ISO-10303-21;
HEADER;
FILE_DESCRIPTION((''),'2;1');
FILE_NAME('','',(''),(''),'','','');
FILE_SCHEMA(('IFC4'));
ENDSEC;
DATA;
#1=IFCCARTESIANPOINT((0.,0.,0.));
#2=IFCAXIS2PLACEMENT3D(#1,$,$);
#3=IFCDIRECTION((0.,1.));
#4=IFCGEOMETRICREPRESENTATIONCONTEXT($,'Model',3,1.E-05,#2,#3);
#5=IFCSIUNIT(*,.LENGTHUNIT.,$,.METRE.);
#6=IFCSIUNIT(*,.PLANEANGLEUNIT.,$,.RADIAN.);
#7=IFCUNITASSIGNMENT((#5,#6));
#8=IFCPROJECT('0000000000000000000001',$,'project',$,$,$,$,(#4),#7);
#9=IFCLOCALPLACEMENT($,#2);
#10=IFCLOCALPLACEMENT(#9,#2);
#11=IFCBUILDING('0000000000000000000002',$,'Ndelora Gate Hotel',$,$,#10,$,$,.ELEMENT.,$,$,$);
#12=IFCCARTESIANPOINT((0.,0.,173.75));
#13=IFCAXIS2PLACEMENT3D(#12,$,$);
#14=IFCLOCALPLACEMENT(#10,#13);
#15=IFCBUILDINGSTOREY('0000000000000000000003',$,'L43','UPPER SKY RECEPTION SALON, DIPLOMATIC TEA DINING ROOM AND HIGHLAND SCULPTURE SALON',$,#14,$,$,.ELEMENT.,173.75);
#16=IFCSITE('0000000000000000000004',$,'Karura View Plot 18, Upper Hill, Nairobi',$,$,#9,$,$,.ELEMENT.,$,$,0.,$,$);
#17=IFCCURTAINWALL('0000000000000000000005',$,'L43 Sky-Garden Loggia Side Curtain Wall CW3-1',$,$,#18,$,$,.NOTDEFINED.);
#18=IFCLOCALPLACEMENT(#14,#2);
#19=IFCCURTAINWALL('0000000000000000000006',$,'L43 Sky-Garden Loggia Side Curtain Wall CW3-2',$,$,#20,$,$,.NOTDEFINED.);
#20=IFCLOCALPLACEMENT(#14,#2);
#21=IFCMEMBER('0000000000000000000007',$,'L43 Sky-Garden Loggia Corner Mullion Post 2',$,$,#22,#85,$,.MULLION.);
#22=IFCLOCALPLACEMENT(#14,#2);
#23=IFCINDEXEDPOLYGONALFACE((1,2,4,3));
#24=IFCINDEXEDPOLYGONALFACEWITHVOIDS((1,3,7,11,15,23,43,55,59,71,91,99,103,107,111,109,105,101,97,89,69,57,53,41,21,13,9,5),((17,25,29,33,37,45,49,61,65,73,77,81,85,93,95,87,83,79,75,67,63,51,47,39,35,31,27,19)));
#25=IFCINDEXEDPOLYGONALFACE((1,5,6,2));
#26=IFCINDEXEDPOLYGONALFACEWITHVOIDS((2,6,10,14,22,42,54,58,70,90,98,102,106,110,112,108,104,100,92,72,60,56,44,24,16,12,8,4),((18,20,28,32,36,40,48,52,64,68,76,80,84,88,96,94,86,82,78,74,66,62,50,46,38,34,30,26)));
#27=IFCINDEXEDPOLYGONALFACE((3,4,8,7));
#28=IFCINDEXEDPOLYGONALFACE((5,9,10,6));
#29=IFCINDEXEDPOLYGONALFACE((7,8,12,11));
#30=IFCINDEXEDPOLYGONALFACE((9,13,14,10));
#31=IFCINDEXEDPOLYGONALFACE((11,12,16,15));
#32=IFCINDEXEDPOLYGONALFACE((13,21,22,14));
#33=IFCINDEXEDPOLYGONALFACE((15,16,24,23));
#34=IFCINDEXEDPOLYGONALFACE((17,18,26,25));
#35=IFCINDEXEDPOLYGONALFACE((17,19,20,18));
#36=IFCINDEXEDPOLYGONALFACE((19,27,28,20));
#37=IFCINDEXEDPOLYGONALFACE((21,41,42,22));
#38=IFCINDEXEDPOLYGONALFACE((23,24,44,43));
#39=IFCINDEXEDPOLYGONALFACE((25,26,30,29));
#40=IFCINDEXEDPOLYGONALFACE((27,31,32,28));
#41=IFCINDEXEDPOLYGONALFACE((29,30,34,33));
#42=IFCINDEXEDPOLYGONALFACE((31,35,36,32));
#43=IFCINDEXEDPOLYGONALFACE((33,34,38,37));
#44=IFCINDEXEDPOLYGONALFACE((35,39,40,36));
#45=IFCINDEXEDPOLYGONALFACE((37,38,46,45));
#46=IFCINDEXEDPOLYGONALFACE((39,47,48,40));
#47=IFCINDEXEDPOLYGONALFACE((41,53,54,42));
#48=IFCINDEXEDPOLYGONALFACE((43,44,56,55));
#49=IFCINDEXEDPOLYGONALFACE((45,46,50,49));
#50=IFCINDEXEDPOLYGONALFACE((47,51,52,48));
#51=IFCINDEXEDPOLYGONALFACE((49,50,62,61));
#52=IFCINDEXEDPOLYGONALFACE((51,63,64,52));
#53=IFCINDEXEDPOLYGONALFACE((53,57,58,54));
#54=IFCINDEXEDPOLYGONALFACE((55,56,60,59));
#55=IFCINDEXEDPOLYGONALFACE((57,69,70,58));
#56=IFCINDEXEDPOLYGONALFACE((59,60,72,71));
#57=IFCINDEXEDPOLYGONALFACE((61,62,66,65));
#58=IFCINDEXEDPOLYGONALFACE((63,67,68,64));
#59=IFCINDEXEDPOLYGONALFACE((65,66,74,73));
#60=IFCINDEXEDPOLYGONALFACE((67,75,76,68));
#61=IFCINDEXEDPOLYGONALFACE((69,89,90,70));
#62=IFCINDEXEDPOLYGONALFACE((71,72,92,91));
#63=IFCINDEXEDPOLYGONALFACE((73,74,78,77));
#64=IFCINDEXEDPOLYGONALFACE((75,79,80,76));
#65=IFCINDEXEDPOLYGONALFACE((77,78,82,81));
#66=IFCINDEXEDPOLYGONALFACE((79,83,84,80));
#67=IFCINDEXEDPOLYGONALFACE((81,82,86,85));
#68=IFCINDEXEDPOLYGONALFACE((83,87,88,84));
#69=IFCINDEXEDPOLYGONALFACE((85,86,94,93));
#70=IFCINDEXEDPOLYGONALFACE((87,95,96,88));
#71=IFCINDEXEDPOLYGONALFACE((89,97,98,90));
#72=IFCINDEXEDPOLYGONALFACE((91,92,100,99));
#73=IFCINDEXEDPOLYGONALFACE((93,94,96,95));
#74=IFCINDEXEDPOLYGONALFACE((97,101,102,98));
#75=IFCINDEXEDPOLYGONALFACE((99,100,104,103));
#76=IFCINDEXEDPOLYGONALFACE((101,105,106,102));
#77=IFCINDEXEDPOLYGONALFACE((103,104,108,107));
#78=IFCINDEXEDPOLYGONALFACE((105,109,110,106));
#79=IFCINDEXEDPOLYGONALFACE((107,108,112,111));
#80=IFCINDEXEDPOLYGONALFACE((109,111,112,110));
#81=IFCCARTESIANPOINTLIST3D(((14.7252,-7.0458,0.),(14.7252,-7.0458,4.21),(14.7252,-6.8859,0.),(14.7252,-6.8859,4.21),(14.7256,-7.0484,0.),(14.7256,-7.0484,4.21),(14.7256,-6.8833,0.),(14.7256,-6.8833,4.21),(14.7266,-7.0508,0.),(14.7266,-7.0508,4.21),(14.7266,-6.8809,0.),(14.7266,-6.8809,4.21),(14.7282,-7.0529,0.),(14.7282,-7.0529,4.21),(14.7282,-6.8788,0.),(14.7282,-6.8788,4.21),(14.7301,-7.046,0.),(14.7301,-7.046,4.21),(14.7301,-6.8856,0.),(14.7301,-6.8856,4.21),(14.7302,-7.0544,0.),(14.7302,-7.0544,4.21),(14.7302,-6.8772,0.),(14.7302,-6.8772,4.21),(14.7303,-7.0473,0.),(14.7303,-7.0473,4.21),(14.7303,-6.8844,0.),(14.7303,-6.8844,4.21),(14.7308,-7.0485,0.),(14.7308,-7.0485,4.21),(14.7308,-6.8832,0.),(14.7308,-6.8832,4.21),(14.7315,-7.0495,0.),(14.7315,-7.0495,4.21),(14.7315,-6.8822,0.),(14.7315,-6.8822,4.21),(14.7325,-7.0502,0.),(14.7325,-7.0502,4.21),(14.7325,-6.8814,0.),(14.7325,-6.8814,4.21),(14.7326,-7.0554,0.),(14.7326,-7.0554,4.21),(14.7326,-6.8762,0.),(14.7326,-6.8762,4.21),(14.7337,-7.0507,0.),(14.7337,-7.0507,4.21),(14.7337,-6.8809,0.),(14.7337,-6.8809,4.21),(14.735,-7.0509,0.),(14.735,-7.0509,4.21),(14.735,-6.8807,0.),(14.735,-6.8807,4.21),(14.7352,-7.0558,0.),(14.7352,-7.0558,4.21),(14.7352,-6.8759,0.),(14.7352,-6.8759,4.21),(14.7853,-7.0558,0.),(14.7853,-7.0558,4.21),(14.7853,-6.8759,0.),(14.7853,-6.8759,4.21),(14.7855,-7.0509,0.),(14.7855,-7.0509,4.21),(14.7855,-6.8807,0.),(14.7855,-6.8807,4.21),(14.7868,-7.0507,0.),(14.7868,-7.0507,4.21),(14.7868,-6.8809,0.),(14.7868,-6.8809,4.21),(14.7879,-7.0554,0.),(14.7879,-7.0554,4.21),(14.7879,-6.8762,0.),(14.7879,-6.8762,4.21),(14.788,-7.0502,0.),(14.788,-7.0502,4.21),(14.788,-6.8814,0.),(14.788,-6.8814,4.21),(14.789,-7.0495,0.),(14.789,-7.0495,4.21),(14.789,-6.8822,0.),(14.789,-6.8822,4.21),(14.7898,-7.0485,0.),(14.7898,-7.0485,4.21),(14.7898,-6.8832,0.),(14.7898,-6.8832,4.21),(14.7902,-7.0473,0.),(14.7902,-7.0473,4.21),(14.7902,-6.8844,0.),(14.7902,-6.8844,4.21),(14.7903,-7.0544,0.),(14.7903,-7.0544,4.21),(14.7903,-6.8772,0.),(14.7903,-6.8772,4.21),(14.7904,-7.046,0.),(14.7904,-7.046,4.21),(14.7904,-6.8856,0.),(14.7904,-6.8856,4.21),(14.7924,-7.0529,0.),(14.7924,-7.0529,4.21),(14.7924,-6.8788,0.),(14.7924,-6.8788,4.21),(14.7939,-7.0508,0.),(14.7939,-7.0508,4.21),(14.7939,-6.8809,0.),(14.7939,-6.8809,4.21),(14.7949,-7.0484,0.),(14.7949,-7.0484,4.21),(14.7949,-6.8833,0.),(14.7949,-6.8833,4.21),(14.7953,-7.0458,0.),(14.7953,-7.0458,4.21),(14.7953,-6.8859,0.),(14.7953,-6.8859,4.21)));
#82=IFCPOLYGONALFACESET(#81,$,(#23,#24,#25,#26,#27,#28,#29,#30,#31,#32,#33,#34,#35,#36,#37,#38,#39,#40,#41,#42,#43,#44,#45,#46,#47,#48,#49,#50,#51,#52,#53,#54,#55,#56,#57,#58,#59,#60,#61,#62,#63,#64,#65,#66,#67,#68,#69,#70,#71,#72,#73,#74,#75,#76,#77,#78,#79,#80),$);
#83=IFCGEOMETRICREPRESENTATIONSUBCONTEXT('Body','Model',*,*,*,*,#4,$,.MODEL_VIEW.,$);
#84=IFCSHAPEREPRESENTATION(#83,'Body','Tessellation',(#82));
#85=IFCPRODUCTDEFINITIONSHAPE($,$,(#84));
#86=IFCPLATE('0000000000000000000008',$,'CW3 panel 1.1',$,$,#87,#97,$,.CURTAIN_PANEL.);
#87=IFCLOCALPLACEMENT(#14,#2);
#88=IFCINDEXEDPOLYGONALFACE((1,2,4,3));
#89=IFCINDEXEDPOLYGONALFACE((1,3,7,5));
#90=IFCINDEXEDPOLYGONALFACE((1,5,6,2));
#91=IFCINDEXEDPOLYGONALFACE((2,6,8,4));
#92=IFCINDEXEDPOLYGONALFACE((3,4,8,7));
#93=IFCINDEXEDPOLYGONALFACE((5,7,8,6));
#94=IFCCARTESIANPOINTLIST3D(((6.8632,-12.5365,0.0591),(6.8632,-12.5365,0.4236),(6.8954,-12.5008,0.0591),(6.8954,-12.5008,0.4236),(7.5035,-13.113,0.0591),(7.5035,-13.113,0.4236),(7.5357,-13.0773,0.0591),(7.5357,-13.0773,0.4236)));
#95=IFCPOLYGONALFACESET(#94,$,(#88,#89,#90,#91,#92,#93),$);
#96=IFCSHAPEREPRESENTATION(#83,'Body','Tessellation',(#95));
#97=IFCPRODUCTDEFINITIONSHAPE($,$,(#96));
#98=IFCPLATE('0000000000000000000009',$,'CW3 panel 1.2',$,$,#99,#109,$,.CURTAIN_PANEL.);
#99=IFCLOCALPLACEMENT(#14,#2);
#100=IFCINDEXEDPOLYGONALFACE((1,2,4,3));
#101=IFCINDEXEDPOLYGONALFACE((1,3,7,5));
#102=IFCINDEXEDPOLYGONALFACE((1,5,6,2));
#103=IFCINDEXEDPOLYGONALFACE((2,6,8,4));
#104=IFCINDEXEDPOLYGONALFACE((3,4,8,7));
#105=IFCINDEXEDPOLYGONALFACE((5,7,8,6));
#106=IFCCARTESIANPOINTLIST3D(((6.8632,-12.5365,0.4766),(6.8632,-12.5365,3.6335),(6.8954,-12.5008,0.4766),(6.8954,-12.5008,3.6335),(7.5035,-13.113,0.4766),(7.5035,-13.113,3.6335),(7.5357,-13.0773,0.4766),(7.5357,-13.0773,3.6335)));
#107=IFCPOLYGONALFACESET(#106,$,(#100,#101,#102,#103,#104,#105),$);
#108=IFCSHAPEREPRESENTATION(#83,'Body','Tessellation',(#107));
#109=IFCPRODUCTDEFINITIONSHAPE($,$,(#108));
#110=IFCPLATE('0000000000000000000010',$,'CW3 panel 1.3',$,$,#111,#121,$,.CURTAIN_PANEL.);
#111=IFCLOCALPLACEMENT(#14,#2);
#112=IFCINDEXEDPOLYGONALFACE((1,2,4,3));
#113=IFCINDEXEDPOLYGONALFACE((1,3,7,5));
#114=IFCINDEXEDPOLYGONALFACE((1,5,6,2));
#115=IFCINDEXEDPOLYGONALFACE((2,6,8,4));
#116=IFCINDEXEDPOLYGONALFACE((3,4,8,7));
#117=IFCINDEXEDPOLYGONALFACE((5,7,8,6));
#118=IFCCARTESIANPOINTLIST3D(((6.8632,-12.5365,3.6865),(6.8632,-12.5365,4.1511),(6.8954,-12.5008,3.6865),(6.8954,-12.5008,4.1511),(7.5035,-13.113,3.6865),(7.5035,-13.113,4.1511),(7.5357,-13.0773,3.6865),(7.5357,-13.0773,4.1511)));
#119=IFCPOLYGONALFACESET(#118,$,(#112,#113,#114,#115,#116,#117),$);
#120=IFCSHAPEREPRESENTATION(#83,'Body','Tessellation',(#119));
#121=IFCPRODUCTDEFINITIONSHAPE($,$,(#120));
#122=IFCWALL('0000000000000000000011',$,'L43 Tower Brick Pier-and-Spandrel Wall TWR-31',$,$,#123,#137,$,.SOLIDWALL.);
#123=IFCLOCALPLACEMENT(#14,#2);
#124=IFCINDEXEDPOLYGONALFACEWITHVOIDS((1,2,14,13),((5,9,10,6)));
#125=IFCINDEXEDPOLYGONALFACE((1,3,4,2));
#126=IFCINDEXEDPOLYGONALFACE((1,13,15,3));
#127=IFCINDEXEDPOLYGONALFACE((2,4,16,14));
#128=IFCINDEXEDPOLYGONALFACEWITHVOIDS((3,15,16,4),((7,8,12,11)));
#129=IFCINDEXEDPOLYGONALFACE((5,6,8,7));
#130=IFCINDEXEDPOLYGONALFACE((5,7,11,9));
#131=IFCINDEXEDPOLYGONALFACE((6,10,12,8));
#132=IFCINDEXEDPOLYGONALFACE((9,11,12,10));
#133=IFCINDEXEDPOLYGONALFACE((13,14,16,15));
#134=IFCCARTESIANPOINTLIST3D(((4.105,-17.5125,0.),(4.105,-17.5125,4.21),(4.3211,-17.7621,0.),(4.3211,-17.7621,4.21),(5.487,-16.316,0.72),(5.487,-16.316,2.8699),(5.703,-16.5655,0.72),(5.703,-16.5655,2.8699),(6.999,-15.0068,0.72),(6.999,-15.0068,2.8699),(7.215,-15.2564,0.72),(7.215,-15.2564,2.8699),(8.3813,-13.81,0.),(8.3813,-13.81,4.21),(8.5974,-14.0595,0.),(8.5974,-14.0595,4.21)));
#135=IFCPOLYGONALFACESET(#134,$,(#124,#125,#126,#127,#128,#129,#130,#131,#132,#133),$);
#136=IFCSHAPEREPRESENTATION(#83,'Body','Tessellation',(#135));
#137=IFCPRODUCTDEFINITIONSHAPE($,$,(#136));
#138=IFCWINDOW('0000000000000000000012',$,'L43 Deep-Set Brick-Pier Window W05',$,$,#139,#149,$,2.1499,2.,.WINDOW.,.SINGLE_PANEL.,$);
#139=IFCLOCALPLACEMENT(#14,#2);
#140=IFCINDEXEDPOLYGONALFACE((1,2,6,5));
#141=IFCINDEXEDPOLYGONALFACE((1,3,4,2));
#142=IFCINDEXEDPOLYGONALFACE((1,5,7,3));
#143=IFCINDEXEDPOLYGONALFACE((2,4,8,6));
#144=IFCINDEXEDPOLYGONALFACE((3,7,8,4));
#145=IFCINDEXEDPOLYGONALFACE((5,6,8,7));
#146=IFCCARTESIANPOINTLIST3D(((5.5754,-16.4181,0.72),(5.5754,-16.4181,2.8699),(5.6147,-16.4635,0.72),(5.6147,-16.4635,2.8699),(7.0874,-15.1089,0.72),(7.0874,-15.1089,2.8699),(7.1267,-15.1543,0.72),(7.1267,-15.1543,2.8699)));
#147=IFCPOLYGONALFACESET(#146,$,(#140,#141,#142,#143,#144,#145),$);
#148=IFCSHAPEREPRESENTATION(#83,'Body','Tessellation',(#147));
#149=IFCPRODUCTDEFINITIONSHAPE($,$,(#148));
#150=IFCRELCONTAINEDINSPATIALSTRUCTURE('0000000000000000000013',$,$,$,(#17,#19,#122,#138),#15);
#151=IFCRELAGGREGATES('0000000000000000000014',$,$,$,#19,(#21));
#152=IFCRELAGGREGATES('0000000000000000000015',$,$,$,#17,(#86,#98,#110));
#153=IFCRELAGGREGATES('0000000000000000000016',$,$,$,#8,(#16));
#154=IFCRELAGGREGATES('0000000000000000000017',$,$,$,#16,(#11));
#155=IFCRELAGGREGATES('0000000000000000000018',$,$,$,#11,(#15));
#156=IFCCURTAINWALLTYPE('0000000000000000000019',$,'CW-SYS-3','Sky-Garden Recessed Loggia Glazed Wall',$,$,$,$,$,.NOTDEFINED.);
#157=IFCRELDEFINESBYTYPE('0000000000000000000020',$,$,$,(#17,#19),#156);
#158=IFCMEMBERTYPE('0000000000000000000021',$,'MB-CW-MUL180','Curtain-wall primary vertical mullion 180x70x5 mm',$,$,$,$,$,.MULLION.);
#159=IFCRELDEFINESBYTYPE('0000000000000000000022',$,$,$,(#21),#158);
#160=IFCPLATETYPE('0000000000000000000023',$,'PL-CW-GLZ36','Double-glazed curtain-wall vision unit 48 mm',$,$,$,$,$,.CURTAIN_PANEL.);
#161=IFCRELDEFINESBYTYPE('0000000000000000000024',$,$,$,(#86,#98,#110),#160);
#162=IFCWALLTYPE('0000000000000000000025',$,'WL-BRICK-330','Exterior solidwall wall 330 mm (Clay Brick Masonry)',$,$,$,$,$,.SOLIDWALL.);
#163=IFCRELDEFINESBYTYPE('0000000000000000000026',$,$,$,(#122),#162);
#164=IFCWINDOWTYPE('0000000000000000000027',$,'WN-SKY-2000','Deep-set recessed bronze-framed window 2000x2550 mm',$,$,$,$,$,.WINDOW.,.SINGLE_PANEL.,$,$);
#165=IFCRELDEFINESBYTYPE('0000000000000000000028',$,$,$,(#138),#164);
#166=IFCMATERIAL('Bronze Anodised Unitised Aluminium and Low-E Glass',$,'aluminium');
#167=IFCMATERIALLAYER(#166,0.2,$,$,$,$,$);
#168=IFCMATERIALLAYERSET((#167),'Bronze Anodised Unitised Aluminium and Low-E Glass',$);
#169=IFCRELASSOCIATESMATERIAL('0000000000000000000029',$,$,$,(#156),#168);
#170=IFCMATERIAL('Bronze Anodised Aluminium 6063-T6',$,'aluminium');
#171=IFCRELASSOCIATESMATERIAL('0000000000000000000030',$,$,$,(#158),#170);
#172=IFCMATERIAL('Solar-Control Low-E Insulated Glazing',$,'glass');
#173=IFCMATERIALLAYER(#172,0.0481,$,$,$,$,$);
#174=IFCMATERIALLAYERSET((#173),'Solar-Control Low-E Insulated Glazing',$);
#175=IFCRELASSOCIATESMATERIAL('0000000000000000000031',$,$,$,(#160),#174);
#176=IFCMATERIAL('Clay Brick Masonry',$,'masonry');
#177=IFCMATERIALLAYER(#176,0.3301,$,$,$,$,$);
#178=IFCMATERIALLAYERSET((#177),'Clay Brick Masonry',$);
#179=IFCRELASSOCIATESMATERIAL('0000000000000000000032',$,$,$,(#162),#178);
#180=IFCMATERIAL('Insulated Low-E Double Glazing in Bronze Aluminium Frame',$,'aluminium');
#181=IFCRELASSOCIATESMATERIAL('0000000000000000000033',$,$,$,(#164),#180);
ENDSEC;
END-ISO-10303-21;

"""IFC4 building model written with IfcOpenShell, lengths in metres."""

from ifc_helpers import new_model, si_unit, direction, frame, frame_2d, origin, origin_2d, place, context, subcontext, project, spatial, rectangle, hollow_rectangle, extrude, material, layer, layer_set, material_profile, profile_set, type_object, element, fill, aggregate, save


model = new_model("IFC4")

# Units and contexts
model_context = context("Model", 3, precision=1e-05, world=origin(), true_north=direction((0.0, 1.0)))
body_context = subcontext(model_context, "Body", "Model", "MODEL_VIEW")
ifc_project = project(units=[si_unit("LENGTHUNIT", "METRE"), si_unit("PLANEANGLEUNIT", "RADIAN")], contexts=[model_context])

# Site, building, storey
site_placement = place(None, origin())
site = spatial("IfcSite", under=ifc_project, at=site_placement, Name="Karura View Plot 18, Upper Hill, Nairobi", CompositionType="ELEMENT", RefElevation=0.0)
building_placement = place(site_placement, origin())
building = spatial("IfcBuilding", under=site, at=building_placement, Name="Ndelora Gate Hotel", CompositionType="ELEMENT")
storey_placement = place(building_placement, frame((0.0, 0.0, 173.75)))
storey = spatial("IfcBuildingStorey", under=building, at=storey_placement, Name="L43", Description="UPPER SKY RECEPTION SALON, DIPLOMATIC TEA DINING ROOM AND HIGHLAND SCULPTURE SALON", CompositionType="ELEMENT", Elevation=173.75)

# Curtain wall
ifc_material_1 = material(Name="Bronze Anodised Unitised Aluminium and Low-E Glass", Category="aluminium")
ifc_layer_1 = layer(ifc_material_1, 0.2)
ifc_layer_set_1 = layer_set([ifc_layer_1], Name="Bronze Anodised Unitised Aluminium and Low-E Glass")
curtain_wall_type = type_object("IfcCurtainWallType", Name="CW-SYS-3", Description="Sky-Garden Recessed Loggia Glazed Wall", PredefinedType="NOTDEFINED", material=ifc_layer_set_1)
curtain_wall_1_placement = place(storey_placement, origin())
curtain_wall_1 = element("IfcCurtainWall", 1, at=curtain_wall_1_placement, inside=storey, type_object=curtain_wall_type, Name="L43 Sky-Garden Loggia Side Curtain Wall CW3-1", PredefinedType="NOTDEFINED")
ifc_material_2 = material(Name="Bronze Anodised Aluminium 6063-T6", Category="aluminium")
ifc_material_profile_1 = material_profile(ifc_material_2, hollow_rectangle(XDim=0.0701, YDim=0.1799, WallThickness=0.0049, InnerFilletRadius=0.0049, OuterFilletRadius=0.01, at=origin_2d()), Name="ALU 180x70x5")
ifc_profile_set_1 = profile_set([ifc_material_profile_1], Name="Bronze Anodised Aluminium 6063-T6")
member_type_1 = type_object("IfcMemberType", Name="MB-CW-MUL180", Description="Curtain-wall primary vertical mullion 180x70x5 mm", PredefinedType="MULLION", material=ifc_profile_set_1)

# Curtain wall, member
curtain_wall_2_placement = place(storey_placement, origin())
curtain_wall_2 = element("IfcCurtainWall", 2, at=curtain_wall_2_placement, inside=storey, type_object=curtain_wall_type, Name="L43 Sky-Garden Loggia Side Curtain Wall CW3-2", PredefinedType="NOTDEFINED")
member_1_placement = place(storey_placement, frame((14.7603, -6.9658, 0.0), z_axis=(0.0, 0.0, 1.0), x_axis=(1.0, 0.0, 0.0)))
member_1 = element("IfcMember", 3, at=member_1_placement, type_object=member_type_1, Name="L43 Sky-Garden Loggia Corner Mullion Post 2", PredefinedType="MULLION", context=body_context, shape_type="SweptSolid", body=[
    extrude(hollow_rectangle(XDim=0.0701, YDim=0.1799, WallThickness=0.0049, InnerFilletRadius=0.0049, OuterFilletRadius=0.01, at=origin_2d()), origin(), (0.0, 0.0, 1.0), 4.21),
])
aggregate(curtain_wall_2, [member_1])

# Plates
ifc_material_3 = material(Name="Solar-Control Low-E Insulated Glazing", Category="glass")
ifc_layer_2 = layer(ifc_material_3, 0.0481)
ifc_layer_set_2 = layer_set([ifc_layer_2], Name="Solar-Control Low-E Insulated Glazing")
plate_type = type_object("IfcPlateType", Name="PL-CW-GLZ36", Description="Double-glazed curtain-wall vision unit 48 mm", PredefinedType="CURTAIN_PANEL", material=ifc_layer_set_2)
plate_1_placement = place(storey_placement, frame((7.1995, -12.8069, 0.0591), z_axis=(0.0, 0.0, 1.0), x_axis=(0.743147, -0.669128, 0.0)))
plate_1 = element("IfcPlate", 4, at=plate_1_placement, type_object=plate_type, Name="CW3 panel 1.1", PredefinedType="CURTAIN_PANEL", context=body_context, shape_type="SweptSolid", body=[
    extrude(rectangle(XDim=0.8616, YDim=0.0481, at=origin_2d()), origin(), (0.0, 0.0, 1.0), 0.3645),
])
plate_2_placement = place(storey_placement, frame((7.1995, -12.8069, 0.4766), z_axis=(0.0, 0.0, 1.0), x_axis=(0.743147, -0.669128, 0.0)))
plate_2 = element("IfcPlate", 5, at=plate_2_placement, type_object=plate_type, Name="CW3 panel 1.2", PredefinedType="CURTAIN_PANEL", context=body_context, shape_type="SweptSolid", body=[
    extrude(rectangle(XDim=0.8616, YDim=0.0481, at=origin_2d()), origin(), (0.0, 0.0, 1.0), 3.157),
])
plate_3_placement = place(storey_placement, frame((7.1995, -12.8069, 3.6865), z_axis=(0.0, 0.0, 1.0), x_axis=(0.743147, -0.669128, 0.0)))
plate_3 = element("IfcPlate", 6, at=plate_3_placement, type_object=plate_type, Name="CW3 panel 1.3", PredefinedType="CURTAIN_PANEL", context=body_context, shape_type="SweptSolid", body=[
    extrude(rectangle(XDim=0.8616, YDim=0.0481, at=origin_2d()), origin(), (0.0, 0.0, 1.0), 0.4646),
])
aggregate(curtain_wall_1, [plate_1, plate_2, plate_3])

# Wall, opening, window
ifc_material_4 = material(Name="Clay Brick Masonry", Category="masonry")
ifc_layer_3 = layer(ifc_material_4, 0.3301)
ifc_layer_set_3 = layer_set([ifc_layer_3], Name="Clay Brick Masonry")
wall_type_1 = type_object("IfcWallType", Name="WL-BRICK-330", Description="Exterior solidwall wall 330 mm (Clay Brick Masonry)", PredefinedType="SOLIDWALL", material=ifc_layer_set_3)
wall_1_placement = place(storey_placement, frame((8.4893, -13.9348, 0.0), z_axis=(0.0, 0.0, 1.0), x_axis=(-0.755999, -0.654572, 0.0)))
wall_1 = element("IfcWall", 7, at=wall_1_placement, inside=storey, type_object=wall_type_1, Name="L43 Tower Brick Pier-and-Spandrel Wall TWR-31", PredefinedType="SOLIDWALL", context=body_context, shape_type="SweptSolid", body=[
    extrude(rectangle(XDim=5.6565, YDim=0.3301, at=frame_2d((2.8281, 0.0))), origin(), (0.0, 0.0, 1.0), 4.21),
])
opening_1_placement = place(wall_1_placement, frame((1.8284, 0.0, 0.72)))
opening_1 = element("IfcOpeningElement", 8, at=opening_1_placement, cuts=wall_1, PredefinedType="OPENING", context=body_context, shape_type="SweptSolid", body=[
    extrude(rectangle(XDim=2.0, YDim=2.1499, at=frame_2d((1.0, 1.075))), frame((0.0, 0.175, 0.0), z_axis=(0.0, -1.0, 0.0), x_axis=(1.0, 0.0, 0.0)), (0.0, 0.0, 1.0), 0.3501),
])
ifc_material_5 = material(Name="Insulated Low-E Double Glazing in Bronze Aluminium Frame", Category="aluminium")
window_type = type_object("IfcWindowType", Name="WN-SKY-2000", Description="Deep-set recessed bronze-framed window 2000x2550 mm", PartitioningType="SINGLE_PANEL", PredefinedType="WINDOW", material=ifc_material_5)
window_placement = place(opening_1_placement, origin())
window = element("IfcWindow", 9, at=window_placement, inside=storey, type_object=window_type, Name="L43 Deep-Set Brick-Pier Window W05", OverallHeight=2.1499, OverallWidth=2.0, PartitioningType="SINGLE_PANEL", PredefinedType="WINDOW", context=body_context, shape_type="SweptSolid", body=[
    extrude(rectangle(XDim=2.0, YDim=2.1499, at=frame_2d((1.0, 1.075))), frame((0.0, 0.03, 0.0), z_axis=(0.0, -1.0, 0.0), x_axis=(1.0, 0.0, 0.0)), (0.0, 0.0, 1.0), 0.0601),
])
fill(opening_1, window)

save(model, "model.ifc")
